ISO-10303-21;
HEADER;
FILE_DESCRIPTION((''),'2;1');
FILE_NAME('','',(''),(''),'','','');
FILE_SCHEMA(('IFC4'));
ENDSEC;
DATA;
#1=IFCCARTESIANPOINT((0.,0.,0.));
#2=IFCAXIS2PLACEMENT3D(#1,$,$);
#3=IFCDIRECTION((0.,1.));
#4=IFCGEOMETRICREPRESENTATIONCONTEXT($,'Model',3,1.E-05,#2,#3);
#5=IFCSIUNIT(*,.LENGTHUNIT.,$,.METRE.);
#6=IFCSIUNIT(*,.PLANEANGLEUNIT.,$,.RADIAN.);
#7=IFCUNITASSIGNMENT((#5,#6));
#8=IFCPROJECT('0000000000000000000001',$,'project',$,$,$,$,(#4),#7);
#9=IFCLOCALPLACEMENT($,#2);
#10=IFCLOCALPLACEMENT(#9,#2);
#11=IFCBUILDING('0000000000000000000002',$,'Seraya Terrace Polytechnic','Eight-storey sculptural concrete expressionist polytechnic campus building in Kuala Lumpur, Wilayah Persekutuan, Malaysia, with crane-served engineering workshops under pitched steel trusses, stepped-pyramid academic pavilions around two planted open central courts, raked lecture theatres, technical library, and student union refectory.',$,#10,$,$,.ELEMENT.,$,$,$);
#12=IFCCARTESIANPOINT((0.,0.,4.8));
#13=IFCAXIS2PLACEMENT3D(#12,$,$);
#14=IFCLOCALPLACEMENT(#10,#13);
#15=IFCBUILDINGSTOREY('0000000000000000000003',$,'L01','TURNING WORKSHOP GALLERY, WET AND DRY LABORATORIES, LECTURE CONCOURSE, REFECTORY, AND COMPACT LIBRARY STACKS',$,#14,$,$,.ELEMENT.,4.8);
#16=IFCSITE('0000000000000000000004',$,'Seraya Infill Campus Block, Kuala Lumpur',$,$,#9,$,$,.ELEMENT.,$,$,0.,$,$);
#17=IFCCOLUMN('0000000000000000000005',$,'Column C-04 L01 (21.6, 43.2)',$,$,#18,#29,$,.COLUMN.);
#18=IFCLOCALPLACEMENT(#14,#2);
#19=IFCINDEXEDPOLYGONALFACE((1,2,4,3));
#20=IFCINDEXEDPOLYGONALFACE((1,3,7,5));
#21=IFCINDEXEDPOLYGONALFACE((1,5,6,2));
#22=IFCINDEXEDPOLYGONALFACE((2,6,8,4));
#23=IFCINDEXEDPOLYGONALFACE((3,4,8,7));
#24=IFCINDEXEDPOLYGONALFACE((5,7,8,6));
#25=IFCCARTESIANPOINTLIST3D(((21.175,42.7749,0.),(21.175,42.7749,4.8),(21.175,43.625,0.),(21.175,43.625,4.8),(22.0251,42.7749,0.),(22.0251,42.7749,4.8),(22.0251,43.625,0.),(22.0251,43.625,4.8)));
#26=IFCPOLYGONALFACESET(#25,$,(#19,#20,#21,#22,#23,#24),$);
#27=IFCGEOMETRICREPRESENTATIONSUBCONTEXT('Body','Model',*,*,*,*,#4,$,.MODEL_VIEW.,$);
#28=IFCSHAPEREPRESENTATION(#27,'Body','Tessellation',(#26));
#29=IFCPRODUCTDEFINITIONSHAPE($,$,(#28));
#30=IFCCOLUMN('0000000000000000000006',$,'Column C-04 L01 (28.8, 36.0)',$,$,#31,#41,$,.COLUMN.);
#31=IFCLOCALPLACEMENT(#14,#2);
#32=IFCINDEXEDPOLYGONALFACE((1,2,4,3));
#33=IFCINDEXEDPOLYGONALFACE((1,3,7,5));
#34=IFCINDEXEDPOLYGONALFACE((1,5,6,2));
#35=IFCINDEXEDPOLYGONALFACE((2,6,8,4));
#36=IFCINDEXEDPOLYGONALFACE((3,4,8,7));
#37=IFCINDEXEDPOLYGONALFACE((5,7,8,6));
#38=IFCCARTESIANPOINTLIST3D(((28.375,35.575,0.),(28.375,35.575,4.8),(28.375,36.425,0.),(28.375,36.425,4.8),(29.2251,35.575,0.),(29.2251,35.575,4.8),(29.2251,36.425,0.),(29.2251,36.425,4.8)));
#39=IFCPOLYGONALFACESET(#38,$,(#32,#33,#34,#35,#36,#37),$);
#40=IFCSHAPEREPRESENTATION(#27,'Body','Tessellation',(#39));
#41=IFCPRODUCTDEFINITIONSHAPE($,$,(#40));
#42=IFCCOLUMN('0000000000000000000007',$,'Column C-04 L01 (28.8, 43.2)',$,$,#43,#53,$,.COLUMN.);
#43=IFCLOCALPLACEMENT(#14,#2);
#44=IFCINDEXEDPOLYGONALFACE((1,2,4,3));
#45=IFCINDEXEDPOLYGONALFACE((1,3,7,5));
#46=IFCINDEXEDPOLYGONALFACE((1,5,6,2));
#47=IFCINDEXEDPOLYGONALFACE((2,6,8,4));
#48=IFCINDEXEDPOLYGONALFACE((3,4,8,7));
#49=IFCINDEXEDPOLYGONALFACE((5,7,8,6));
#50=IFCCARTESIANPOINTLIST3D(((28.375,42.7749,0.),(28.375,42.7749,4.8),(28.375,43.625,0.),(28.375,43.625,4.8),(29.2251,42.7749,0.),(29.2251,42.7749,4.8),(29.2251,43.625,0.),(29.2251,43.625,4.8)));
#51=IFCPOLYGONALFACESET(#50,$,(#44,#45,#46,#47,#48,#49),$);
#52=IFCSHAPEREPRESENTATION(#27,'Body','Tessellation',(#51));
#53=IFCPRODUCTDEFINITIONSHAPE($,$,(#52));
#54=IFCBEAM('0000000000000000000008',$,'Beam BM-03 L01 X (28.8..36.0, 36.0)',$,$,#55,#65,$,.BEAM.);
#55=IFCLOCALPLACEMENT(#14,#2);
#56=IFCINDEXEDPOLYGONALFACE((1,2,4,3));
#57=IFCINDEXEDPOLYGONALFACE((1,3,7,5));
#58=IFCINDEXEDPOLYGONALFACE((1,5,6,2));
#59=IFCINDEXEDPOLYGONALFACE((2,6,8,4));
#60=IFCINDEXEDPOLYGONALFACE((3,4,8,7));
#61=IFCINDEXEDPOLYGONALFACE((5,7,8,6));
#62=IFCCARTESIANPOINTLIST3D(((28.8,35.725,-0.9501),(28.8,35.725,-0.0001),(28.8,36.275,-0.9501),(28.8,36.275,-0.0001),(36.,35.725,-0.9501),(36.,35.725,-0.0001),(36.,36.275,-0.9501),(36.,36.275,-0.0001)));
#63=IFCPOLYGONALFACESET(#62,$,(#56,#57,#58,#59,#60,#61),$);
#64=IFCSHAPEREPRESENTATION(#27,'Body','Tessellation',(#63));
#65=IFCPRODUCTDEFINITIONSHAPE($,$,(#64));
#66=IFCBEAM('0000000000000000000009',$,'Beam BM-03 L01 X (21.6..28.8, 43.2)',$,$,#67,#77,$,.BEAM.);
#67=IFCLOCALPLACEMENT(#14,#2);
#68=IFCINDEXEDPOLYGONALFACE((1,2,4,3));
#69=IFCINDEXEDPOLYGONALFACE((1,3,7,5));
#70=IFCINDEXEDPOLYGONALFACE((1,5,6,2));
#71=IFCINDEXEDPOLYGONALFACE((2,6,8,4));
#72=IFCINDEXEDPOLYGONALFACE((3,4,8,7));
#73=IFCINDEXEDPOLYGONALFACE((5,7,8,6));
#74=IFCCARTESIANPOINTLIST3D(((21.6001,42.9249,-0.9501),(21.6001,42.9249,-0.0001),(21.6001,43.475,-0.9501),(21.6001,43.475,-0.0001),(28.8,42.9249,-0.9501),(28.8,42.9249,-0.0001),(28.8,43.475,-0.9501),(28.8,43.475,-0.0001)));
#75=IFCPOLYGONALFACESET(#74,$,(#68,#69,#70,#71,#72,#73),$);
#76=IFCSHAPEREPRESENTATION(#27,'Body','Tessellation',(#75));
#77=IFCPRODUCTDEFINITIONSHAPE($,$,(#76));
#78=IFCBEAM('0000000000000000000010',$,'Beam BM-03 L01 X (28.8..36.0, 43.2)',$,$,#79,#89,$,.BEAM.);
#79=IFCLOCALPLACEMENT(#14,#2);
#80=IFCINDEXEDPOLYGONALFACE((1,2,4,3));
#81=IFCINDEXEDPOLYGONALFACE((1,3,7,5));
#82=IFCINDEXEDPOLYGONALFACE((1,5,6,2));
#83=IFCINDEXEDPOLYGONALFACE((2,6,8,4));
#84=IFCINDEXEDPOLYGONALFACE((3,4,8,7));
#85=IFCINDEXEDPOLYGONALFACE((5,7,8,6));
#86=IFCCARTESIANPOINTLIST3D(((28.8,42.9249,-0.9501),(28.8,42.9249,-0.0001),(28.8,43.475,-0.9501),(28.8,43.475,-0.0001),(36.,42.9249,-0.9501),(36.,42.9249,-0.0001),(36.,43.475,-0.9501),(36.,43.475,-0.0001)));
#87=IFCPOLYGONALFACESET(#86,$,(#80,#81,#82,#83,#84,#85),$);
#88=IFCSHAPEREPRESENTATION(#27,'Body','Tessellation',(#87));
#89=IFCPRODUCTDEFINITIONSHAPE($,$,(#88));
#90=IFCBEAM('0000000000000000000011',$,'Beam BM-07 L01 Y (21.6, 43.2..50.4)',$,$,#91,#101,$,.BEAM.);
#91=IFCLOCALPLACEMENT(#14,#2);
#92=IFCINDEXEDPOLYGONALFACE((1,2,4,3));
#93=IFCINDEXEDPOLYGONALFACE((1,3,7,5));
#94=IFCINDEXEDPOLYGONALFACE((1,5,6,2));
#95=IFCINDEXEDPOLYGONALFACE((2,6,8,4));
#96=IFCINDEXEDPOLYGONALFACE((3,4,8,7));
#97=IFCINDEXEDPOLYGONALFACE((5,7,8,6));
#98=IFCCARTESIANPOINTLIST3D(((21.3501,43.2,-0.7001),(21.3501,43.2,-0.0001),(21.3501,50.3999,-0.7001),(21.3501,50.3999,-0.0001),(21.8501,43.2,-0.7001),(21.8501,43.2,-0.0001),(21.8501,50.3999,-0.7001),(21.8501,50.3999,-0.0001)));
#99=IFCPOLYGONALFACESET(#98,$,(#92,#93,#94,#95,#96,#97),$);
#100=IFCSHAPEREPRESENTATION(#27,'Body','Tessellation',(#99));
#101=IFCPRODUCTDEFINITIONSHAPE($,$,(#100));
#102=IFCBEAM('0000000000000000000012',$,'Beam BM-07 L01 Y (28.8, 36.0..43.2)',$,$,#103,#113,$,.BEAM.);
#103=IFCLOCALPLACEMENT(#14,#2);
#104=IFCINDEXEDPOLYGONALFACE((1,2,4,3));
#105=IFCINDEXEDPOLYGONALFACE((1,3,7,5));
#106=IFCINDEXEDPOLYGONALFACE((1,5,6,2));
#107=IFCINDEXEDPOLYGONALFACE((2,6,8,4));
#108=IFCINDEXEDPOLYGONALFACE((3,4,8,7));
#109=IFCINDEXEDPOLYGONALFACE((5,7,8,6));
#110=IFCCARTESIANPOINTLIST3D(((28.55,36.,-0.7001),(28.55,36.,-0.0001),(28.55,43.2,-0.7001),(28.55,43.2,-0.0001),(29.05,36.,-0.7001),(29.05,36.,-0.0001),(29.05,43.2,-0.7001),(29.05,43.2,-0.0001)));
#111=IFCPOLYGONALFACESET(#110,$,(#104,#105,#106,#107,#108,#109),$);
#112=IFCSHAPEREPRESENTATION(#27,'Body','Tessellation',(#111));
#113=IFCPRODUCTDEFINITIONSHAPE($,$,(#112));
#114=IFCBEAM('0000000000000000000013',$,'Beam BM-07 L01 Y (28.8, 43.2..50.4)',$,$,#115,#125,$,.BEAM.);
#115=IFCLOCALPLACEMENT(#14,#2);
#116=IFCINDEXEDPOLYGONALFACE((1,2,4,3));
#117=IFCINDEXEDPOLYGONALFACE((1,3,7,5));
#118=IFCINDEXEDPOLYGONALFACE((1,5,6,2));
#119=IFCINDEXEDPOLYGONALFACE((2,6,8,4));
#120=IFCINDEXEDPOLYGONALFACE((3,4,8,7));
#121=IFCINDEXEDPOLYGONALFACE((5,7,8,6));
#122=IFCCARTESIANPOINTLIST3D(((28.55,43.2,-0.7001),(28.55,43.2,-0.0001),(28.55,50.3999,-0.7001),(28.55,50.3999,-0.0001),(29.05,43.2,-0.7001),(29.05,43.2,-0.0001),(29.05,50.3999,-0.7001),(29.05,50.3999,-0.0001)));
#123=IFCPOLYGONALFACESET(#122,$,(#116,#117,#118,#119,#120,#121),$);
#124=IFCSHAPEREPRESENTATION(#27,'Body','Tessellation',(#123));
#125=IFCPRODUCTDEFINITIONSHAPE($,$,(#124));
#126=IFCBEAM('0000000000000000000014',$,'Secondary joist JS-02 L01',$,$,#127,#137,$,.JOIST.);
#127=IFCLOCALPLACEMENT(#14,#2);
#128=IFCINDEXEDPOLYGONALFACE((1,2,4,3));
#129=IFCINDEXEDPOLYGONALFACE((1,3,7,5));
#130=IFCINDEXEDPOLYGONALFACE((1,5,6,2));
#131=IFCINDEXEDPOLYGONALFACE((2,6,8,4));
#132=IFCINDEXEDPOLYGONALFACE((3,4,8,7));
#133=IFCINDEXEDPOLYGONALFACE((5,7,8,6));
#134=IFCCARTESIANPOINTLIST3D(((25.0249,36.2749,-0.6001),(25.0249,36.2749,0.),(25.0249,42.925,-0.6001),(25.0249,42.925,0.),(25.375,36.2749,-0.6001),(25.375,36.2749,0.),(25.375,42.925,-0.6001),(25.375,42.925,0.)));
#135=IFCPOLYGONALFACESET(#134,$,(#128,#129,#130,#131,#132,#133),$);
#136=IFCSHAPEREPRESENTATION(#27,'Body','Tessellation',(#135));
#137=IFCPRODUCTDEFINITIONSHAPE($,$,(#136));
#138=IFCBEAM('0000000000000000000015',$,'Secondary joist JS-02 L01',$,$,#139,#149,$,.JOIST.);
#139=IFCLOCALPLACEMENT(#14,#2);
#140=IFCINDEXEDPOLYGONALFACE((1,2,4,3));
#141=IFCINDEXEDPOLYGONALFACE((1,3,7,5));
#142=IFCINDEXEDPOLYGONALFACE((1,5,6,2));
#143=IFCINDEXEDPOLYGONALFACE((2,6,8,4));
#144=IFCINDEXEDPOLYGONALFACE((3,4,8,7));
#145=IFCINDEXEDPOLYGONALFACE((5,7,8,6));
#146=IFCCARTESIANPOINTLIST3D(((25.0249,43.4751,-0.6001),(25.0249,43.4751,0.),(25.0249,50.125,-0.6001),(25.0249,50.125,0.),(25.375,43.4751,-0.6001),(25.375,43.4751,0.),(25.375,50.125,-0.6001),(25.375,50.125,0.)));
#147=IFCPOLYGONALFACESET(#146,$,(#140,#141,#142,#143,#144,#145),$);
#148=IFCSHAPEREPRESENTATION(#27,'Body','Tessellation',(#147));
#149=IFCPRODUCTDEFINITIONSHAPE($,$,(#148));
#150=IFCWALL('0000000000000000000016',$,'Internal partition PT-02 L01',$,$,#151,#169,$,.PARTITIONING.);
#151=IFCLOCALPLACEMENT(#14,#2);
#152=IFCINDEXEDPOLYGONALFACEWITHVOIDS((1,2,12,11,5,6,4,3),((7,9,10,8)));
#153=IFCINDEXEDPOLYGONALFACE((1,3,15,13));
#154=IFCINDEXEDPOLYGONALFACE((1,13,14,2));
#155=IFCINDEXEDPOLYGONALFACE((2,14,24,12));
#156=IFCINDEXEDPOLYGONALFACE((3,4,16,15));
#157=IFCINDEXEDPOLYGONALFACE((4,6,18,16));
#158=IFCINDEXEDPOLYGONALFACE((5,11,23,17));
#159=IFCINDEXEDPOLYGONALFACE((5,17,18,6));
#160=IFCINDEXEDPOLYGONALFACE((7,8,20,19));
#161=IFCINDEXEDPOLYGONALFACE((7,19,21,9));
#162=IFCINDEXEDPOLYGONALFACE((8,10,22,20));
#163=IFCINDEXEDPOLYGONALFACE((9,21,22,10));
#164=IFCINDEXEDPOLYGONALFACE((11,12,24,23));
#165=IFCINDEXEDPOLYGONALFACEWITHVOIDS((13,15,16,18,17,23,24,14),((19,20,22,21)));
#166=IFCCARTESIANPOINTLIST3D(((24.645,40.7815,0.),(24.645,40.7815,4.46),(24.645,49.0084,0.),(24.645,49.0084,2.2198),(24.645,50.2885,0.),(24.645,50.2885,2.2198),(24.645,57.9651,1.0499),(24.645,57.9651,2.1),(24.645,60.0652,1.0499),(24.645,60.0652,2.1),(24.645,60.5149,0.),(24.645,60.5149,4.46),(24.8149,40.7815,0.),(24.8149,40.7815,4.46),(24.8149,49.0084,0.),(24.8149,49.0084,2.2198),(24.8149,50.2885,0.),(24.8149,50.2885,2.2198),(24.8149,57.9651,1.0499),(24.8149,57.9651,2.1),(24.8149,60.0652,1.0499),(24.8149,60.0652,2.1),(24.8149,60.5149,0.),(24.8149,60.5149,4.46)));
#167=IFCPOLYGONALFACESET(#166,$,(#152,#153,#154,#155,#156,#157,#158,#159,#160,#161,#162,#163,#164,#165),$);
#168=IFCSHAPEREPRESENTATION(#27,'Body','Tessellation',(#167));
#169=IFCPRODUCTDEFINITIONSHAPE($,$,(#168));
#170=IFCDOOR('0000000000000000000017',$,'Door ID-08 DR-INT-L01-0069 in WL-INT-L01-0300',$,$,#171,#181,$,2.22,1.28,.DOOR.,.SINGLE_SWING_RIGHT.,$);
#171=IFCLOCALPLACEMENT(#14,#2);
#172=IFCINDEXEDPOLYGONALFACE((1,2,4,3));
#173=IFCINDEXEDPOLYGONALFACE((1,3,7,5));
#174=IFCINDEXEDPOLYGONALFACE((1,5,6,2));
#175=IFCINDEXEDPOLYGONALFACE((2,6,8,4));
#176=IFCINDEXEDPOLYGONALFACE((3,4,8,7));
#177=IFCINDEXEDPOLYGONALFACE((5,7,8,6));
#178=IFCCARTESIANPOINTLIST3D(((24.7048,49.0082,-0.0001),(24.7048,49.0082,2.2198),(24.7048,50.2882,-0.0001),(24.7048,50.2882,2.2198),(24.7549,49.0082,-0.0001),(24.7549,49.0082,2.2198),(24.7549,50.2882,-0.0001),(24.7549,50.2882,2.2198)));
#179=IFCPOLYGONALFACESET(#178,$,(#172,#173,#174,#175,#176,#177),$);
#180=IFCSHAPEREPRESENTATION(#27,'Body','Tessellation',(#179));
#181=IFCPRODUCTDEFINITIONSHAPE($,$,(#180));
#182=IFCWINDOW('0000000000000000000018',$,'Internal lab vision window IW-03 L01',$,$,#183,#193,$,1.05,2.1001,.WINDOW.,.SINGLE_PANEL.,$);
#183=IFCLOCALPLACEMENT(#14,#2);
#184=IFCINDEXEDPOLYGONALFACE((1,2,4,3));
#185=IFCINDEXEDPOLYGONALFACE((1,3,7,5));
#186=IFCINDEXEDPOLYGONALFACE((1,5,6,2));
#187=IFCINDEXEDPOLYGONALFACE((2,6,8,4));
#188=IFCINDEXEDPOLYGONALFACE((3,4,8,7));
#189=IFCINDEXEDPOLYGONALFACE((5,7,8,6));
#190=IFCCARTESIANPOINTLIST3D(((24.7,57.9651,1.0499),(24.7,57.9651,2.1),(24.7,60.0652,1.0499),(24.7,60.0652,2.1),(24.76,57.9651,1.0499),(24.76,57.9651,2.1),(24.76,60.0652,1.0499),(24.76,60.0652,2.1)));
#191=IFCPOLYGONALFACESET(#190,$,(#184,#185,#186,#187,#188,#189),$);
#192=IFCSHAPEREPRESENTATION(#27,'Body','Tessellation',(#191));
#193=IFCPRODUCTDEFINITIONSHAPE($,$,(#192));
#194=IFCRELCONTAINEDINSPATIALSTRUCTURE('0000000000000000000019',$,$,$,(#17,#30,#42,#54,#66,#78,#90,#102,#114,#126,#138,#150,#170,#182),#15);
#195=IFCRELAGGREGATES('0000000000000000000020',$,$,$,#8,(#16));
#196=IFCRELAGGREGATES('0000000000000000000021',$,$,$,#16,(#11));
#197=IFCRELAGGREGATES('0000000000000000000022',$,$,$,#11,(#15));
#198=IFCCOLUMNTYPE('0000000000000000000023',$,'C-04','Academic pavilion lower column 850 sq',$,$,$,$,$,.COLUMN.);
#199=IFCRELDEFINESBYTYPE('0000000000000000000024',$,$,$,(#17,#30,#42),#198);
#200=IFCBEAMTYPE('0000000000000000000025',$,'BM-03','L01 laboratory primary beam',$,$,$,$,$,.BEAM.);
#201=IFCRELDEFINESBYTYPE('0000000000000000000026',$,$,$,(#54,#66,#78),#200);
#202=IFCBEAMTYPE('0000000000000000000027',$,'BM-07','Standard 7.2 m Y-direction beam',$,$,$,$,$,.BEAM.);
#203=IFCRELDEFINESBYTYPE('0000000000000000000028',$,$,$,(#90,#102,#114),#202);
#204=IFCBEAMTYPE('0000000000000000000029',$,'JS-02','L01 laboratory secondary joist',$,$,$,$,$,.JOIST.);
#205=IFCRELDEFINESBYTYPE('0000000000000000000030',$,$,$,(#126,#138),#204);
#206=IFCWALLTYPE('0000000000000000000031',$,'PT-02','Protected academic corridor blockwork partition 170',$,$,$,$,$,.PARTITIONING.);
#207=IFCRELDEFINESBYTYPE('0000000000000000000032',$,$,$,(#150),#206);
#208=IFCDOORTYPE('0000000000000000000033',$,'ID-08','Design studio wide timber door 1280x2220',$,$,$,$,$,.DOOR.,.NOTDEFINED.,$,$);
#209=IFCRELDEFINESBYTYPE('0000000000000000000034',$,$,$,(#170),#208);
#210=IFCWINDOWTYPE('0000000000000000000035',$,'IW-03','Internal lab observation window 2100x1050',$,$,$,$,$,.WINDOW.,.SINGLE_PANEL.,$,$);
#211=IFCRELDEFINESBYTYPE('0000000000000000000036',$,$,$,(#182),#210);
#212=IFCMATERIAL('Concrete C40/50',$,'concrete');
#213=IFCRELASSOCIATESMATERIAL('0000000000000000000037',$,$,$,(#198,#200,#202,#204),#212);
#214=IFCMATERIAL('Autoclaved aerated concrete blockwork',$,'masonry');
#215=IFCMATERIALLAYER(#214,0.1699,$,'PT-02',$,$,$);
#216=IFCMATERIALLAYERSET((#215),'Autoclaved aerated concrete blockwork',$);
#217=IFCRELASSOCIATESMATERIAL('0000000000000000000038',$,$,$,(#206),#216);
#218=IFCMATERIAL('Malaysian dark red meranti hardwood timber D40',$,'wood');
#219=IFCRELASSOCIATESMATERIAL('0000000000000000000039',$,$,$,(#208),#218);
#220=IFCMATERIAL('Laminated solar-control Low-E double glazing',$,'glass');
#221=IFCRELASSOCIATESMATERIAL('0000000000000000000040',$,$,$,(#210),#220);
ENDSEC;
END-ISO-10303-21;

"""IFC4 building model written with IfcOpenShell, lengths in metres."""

from ifc_helpers import new_model, si_unit, direction, frame, frame_2d, origin, origin_2d, place, context, subcontext, project, spatial, rectangle, extrude, material, layer, layer_set, material_profile, profile_set, type_object, element, fill, save


model = new_model("IFC4")

# Units and contexts
model_context = context("Model", 3, precision=1e-05, world=origin(), true_north=direction((0.0, 1.0)))
body_context = subcontext(model_context, "Body", "Model", "MODEL_VIEW")
ifc_project = project(units=[si_unit("LENGTHUNIT", "METRE"), si_unit("PLANEANGLEUNIT", "RADIAN")], contexts=[model_context])

# Site, building, storey
site_placement = place(None, origin())
site = spatial("IfcSite", under=ifc_project, at=site_placement, Name="Seraya Infill Campus Block, Kuala Lumpur", CompositionType="ELEMENT", RefElevation=0.0)
building_placement = place(site_placement, origin())
building = spatial("IfcBuilding", under=site, at=building_placement, Name="Seraya Terrace Polytechnic", Description="Eight-storey sculptural concrete expressionist polytechnic campus building in Kuala Lumpur, Wilayah Persekutuan, Malaysia, with crane-served engineering workshops under pitched steel trusses, stepped-pyramid academic pavilions around two planted open central courts, raked lecture theatres, technical library, and student union refectory.", CompositionType="ELEMENT")
storey_placement = place(building_placement, frame((0.0, 0.0, 4.8)))
storey = spatial("IfcBuildingStorey", under=building, at=storey_placement, Name="L01", Description="TURNING WORKSHOP GALLERY, WET AND DRY LABORATORIES, LECTURE CONCOURSE, REFECTORY, AND COMPACT LIBRARY STACKS", CompositionType="ELEMENT", Elevation=4.8)

# Columns
ifc_material_1 = material(Name="Concrete C40/50", Category="concrete")
ifc_material_profile_1 = material_profile(ifc_material_1, rectangle(XDim=0.8501, YDim=0.8501, at=origin_2d()), Name="RC 850x850")
ifc_profile_set_1 = profile_set([ifc_material_profile_1], Name="Concrete C40/50")
column_type = type_object("IfcColumnType", Name="C-04", Description="Academic pavilion lower column 850 sq", PredefinedType="COLUMN", material=ifc_profile_set_1)
for number, where, z_axis, x_axis, name in (
    (1, (21.6001, 43.2, 0.0), (0.0, 0.0, 1.0), (1.0, 0.0, 0.0), "Column C-04 L01 (21.6, 43.2)"),
    (2, (28.8, 36.0, 0.0), (0.0, 0.0, 1.0), (1.0, 0.0, 0.0), "Column C-04 L01 (28.8, 36.0)"),
    (3, (28.8, 43.2, 0.0), (0.0, 0.0, 1.0), (1.0, 0.0, 0.0), "Column C-04 L01 (28.8, 43.2)"),
):
    element("IfcColumn", number, at=place(storey_placement, frame(where, z_axis=z_axis, x_axis=x_axis)), inside=storey, type_object=column_type, Name=name, PredefinedType="COLUMN", context=body_context, shape_type="SweptSolid", body=[
        extrude(rectangle(XDim=0.8501, YDim=0.8501, at=origin_2d()), origin(), (0.0, 0.0, 1.0), 4.8),
    ])

# Beams
ifc_material_profile_2 = material_profile(ifc_material_1, rectangle(XDim=0.55, YDim=0.95, at=origin_2d()), Name="RC 550x950")
ifc_profile_set_2 = profile_set([ifc_material_profile_2], Name="Concrete C40/50")
beam_type_1 = type_object("IfcBeamType", Name="BM-03", Description="L01 laboratory primary beam", PredefinedType="BEAM", material=ifc_profile_set_2)
for number, where, z_axis, x_axis, name in (
    (4, (28.8, 36.0, -0.4751), (1.0, 0.0, 0.0), (0.0, 1.0, 0.0), "Beam BM-03 L01 X (28.8..36.0, 36.0)"),
    (5, (21.6001, 43.2, -0.4751), (1.0, 0.0, 0.0), (0.0, 1.0, 0.0), "Beam BM-03 L01 X (21.6..28.8, 43.2)"),
    (6, (28.8, 43.2, -0.4751), (1.0, 0.0, 0.0), (0.0, 1.0, 0.0), "Beam BM-03 L01 X (28.8..36.0, 43.2)"),
):
    element("IfcBeam", number, at=place(storey_placement, frame(where, z_axis=z_axis, x_axis=x_axis)), inside=storey, type_object=beam_type_1, Name=name, PredefinedType="BEAM", context=body_context, shape_type="SweptSolid", body=[
        extrude(rectangle(XDim=0.55, YDim=0.95, at=origin_2d()), origin(), (0.0, 0.0, 1.0), 7.2),
    ])
ifc_material_profile_3 = material_profile(ifc_material_1, rectangle(XDim=0.5, YDim=0.7, at=origin_2d()), Name="RC 500x700")
ifc_profile_set_3 = profile_set([ifc_material_profile_3], Name="Concrete C40/50")
beam_type_2 = type_object("IfcBeamType", Name="BM-07", Description="Standard 7.2 m Y-direction beam", PredefinedType="BEAM", material=ifc_profile_set_3)
for number, where, z_axis, x_axis, name in (
    (7, (21.6001, 43.2, -0.3501), (0.0, 1.0, 0.0), (-1.0, 0.0, 0.0), "Beam BM-07 L01 Y (21.6, 43.2..50.4)"),
    (8, (28.8, 36.0, -0.3501), (0.0, 1.0, 0.0), (-1.0, 0.0, 0.0), "Beam BM-07 L01 Y (28.8, 36.0..43.2)"),
    (9, (28.8, 43.2, -0.3501), (0.0, 1.0, 0.0), (-1.0, 0.0, 0.0), "Beam BM-07 L01 Y (28.8, 43.2..50.4)"),
):
    element("IfcBeam", number, at=place(storey_placement, frame(where, z_axis=z_axis, x_axis=x_axis)), inside=storey, type_object=beam_type_2, Name=name, PredefinedType="BEAM", context=body_context, shape_type="SweptSolid", body=[
        extrude(rectangle(XDim=0.5, YDim=0.7, at=origin_2d()), origin(), (0.0, 0.0, 1.0), 7.2),
    ])
ifc_material_profile_4 = material_profile(ifc_material_1, rectangle(XDim=0.3501, YDim=0.6001, at=origin_2d()), Name="RC 350x600")
ifc_profile_set_4 = profile_set([ifc_material_profile_4], Name="Concrete C40/50")
beam_type_3 = type_object("IfcBeamType", Name="JS-02", Description="L01 laboratory secondary joist", PredefinedType="JOIST", material=ifc_profile_set_4)
beam_1_placement = place(storey_placement, frame((25.2, 36.2749, -0.3), z_axis=(0.0, 1.0, 0.0), x_axis=(-1.0, 0.0, 0.0)))
element("IfcBeam", 10, at=beam_1_placement, inside=storey, type_object=beam_type_3, Name="Secondary joist JS-02 L01", PredefinedType="JOIST", context=body_context, shape_type="SweptSolid", body=[
    extrude(rectangle(XDim=0.3501, YDim=0.6001, at=origin_2d()), origin(), (0.0, 0.0, 1.0), 6.6501),
])
beam_2_placement = place(storey_placement, frame((25.2, 43.4751, -0.3), z_axis=(0.0, 1.0, 0.0), x_axis=(-1.0, 0.0, 0.0)))
element("IfcBeam", 11, at=beam_2_placement, inside=storey, type_object=beam_type_3, Name="Secondary joist JS-02 L01", PredefinedType="JOIST", context=body_context, shape_type="SweptSolid", body=[
    extrude(rectangle(XDim=0.3501, YDim=0.6001, at=origin_2d()), origin(), (0.0, 0.0, 1.0), 6.6499),
])

# Wall, openings, door, window
ifc_material_2 = material(Name="Autoclaved aerated concrete blockwork", Category="masonry")
ifc_layer_1 = layer(ifc_material_2, 0.1699, Name="PT-02")
ifc_layer_set_1 = layer_set([ifc_layer_1], Name="Autoclaved aerated concrete blockwork")
wall_type_1 = type_object("IfcWallType", Name="PT-02", Description="Protected academic corridor blockwork partition 170", PredefinedType="PARTITIONING", material=ifc_layer_set_1)
wall_1_placement = place(storey_placement, frame((24.73, 40.7815, 0.0), z_axis=(0.0, 0.0, 1.0), x_axis=(0.0, 1.0, 0.0)))
wall_1 = element("IfcWall", 12, at=wall_1_placement, inside=storey, type_object=wall_type_1, Name="Internal partition PT-02 L01", PredefinedType="PARTITIONING", context=body_context, shape_type="SweptSolid", body=[
    extrude(rectangle(XDim=19.7334, YDim=0.1699, at=frame_2d((9.8667, 0.0))), origin(), (0.0, 0.0, 1.0), 4.46),
])
opening_1_placement = place(wall_1_placement, frame((8.2268, 0.0, 0.0)))
opening_1 = element("IfcOpeningElement", 13, at=opening_1_placement, cuts=wall_1, PredefinedType="OPENING", context=body_context, shape_type="SweptSolid", body=[
    extrude(rectangle(XDim=1.28, YDim=2.22, at=frame_2d((0.6401, 1.1099))), frame((0.0, 0.0969, 0.0), z_axis=(0.0, -1.0, 0.0), x_axis=(1.0, 0.0, 0.0)), (0.0, 0.0, 1.0), 0.1938),
])
opening_2_placement = place(wall_1_placement, frame((17.1836, 0.0, 1.05)))
opening_2 = element("IfcOpeningElement", 14, at=opening_2_placement, cuts=wall_1, PredefinedType="OPENING", context=body_context, shape_type="SweptSolid", body=[
    extrude(rectangle(XDim=2.1001, YDim=1.05, at=frame_2d((1.05, 0.5249))), frame((0.0, 0.0969, 0.0), z_axis=(0.0, -1.0, 0.0), x_axis=(1.0, 0.0, 0.0)), (0.0, 0.0, 1.0), 0.1938),
])
ifc_material_3 = material(Name="Malaysian dark red meranti hardwood timber D40", Category="wood")
door_type_1 = type_object("IfcDoorType", Name="ID-08", Description="Design studio wide timber door 1280x2220", OperationType="NOTDEFINED", PredefinedType="DOOR", material=ifc_material_3)
door_1_placement = place(opening_1_placement, frame((1.28, 0.0, 0.0), z_axis=(0.0, 0.0, 1.0), x_axis=(-1.0, 0.0, 0.0)))
door_1 = element("IfcDoor", 15, at=door_1_placement, inside=storey, type_object=door_type_1, Name="Door ID-08 DR-INT-L01-0069 in WL-INT-L01-0300", OperationType="SINGLE_SWING_RIGHT", OverallHeight=2.22, OverallWidth=1.28, PredefinedType="DOOR", context=body_context, shape_type="SweptSolid", body=[
    extrude(rectangle(XDim=1.28, YDim=2.22, at=frame_2d((0.6401, 1.1099))), frame((0.0, 0.0249, 0.0), z_axis=(0.0, -1.0, 0.0), x_axis=(1.0, 0.0, 0.0)), (0.0, 0.0, 1.0), 0.05),
])
fill(opening_1, door_1)
ifc_material_4 = material(Name="Laminated solar-control Low-E double glazing", Category="glass")
window_type = type_object("IfcWindowType", Name="IW-03", Description="Internal lab observation window 2100x1050", PartitioningType="SINGLE_PANEL", PredefinedType="WINDOW", material=ifc_material_4)
window_placement = place(opening_2_placement, origin())
window = element("IfcWindow", 16, at=window_placement, inside=storey, type_object=window_type, Name="Internal lab vision window IW-03 L01", OverallHeight=1.05, OverallWidth=2.1001, PartitioningType="SINGLE_PANEL", PredefinedType="WINDOW", context=body_context, shape_type="SweptSolid", body=[
    extrude(rectangle(XDim=2.1001, YDim=1.05, at=frame_2d((1.05, 0.5249))), frame((0.0, 0.03, 0.0), z_axis=(0.0, -1.0, 0.0), x_axis=(1.0, 0.0, 0.0)), (0.0, 0.0, 1.0), 0.0601),
])
fill(opening_2, window)

save(model, "model.ifc")
